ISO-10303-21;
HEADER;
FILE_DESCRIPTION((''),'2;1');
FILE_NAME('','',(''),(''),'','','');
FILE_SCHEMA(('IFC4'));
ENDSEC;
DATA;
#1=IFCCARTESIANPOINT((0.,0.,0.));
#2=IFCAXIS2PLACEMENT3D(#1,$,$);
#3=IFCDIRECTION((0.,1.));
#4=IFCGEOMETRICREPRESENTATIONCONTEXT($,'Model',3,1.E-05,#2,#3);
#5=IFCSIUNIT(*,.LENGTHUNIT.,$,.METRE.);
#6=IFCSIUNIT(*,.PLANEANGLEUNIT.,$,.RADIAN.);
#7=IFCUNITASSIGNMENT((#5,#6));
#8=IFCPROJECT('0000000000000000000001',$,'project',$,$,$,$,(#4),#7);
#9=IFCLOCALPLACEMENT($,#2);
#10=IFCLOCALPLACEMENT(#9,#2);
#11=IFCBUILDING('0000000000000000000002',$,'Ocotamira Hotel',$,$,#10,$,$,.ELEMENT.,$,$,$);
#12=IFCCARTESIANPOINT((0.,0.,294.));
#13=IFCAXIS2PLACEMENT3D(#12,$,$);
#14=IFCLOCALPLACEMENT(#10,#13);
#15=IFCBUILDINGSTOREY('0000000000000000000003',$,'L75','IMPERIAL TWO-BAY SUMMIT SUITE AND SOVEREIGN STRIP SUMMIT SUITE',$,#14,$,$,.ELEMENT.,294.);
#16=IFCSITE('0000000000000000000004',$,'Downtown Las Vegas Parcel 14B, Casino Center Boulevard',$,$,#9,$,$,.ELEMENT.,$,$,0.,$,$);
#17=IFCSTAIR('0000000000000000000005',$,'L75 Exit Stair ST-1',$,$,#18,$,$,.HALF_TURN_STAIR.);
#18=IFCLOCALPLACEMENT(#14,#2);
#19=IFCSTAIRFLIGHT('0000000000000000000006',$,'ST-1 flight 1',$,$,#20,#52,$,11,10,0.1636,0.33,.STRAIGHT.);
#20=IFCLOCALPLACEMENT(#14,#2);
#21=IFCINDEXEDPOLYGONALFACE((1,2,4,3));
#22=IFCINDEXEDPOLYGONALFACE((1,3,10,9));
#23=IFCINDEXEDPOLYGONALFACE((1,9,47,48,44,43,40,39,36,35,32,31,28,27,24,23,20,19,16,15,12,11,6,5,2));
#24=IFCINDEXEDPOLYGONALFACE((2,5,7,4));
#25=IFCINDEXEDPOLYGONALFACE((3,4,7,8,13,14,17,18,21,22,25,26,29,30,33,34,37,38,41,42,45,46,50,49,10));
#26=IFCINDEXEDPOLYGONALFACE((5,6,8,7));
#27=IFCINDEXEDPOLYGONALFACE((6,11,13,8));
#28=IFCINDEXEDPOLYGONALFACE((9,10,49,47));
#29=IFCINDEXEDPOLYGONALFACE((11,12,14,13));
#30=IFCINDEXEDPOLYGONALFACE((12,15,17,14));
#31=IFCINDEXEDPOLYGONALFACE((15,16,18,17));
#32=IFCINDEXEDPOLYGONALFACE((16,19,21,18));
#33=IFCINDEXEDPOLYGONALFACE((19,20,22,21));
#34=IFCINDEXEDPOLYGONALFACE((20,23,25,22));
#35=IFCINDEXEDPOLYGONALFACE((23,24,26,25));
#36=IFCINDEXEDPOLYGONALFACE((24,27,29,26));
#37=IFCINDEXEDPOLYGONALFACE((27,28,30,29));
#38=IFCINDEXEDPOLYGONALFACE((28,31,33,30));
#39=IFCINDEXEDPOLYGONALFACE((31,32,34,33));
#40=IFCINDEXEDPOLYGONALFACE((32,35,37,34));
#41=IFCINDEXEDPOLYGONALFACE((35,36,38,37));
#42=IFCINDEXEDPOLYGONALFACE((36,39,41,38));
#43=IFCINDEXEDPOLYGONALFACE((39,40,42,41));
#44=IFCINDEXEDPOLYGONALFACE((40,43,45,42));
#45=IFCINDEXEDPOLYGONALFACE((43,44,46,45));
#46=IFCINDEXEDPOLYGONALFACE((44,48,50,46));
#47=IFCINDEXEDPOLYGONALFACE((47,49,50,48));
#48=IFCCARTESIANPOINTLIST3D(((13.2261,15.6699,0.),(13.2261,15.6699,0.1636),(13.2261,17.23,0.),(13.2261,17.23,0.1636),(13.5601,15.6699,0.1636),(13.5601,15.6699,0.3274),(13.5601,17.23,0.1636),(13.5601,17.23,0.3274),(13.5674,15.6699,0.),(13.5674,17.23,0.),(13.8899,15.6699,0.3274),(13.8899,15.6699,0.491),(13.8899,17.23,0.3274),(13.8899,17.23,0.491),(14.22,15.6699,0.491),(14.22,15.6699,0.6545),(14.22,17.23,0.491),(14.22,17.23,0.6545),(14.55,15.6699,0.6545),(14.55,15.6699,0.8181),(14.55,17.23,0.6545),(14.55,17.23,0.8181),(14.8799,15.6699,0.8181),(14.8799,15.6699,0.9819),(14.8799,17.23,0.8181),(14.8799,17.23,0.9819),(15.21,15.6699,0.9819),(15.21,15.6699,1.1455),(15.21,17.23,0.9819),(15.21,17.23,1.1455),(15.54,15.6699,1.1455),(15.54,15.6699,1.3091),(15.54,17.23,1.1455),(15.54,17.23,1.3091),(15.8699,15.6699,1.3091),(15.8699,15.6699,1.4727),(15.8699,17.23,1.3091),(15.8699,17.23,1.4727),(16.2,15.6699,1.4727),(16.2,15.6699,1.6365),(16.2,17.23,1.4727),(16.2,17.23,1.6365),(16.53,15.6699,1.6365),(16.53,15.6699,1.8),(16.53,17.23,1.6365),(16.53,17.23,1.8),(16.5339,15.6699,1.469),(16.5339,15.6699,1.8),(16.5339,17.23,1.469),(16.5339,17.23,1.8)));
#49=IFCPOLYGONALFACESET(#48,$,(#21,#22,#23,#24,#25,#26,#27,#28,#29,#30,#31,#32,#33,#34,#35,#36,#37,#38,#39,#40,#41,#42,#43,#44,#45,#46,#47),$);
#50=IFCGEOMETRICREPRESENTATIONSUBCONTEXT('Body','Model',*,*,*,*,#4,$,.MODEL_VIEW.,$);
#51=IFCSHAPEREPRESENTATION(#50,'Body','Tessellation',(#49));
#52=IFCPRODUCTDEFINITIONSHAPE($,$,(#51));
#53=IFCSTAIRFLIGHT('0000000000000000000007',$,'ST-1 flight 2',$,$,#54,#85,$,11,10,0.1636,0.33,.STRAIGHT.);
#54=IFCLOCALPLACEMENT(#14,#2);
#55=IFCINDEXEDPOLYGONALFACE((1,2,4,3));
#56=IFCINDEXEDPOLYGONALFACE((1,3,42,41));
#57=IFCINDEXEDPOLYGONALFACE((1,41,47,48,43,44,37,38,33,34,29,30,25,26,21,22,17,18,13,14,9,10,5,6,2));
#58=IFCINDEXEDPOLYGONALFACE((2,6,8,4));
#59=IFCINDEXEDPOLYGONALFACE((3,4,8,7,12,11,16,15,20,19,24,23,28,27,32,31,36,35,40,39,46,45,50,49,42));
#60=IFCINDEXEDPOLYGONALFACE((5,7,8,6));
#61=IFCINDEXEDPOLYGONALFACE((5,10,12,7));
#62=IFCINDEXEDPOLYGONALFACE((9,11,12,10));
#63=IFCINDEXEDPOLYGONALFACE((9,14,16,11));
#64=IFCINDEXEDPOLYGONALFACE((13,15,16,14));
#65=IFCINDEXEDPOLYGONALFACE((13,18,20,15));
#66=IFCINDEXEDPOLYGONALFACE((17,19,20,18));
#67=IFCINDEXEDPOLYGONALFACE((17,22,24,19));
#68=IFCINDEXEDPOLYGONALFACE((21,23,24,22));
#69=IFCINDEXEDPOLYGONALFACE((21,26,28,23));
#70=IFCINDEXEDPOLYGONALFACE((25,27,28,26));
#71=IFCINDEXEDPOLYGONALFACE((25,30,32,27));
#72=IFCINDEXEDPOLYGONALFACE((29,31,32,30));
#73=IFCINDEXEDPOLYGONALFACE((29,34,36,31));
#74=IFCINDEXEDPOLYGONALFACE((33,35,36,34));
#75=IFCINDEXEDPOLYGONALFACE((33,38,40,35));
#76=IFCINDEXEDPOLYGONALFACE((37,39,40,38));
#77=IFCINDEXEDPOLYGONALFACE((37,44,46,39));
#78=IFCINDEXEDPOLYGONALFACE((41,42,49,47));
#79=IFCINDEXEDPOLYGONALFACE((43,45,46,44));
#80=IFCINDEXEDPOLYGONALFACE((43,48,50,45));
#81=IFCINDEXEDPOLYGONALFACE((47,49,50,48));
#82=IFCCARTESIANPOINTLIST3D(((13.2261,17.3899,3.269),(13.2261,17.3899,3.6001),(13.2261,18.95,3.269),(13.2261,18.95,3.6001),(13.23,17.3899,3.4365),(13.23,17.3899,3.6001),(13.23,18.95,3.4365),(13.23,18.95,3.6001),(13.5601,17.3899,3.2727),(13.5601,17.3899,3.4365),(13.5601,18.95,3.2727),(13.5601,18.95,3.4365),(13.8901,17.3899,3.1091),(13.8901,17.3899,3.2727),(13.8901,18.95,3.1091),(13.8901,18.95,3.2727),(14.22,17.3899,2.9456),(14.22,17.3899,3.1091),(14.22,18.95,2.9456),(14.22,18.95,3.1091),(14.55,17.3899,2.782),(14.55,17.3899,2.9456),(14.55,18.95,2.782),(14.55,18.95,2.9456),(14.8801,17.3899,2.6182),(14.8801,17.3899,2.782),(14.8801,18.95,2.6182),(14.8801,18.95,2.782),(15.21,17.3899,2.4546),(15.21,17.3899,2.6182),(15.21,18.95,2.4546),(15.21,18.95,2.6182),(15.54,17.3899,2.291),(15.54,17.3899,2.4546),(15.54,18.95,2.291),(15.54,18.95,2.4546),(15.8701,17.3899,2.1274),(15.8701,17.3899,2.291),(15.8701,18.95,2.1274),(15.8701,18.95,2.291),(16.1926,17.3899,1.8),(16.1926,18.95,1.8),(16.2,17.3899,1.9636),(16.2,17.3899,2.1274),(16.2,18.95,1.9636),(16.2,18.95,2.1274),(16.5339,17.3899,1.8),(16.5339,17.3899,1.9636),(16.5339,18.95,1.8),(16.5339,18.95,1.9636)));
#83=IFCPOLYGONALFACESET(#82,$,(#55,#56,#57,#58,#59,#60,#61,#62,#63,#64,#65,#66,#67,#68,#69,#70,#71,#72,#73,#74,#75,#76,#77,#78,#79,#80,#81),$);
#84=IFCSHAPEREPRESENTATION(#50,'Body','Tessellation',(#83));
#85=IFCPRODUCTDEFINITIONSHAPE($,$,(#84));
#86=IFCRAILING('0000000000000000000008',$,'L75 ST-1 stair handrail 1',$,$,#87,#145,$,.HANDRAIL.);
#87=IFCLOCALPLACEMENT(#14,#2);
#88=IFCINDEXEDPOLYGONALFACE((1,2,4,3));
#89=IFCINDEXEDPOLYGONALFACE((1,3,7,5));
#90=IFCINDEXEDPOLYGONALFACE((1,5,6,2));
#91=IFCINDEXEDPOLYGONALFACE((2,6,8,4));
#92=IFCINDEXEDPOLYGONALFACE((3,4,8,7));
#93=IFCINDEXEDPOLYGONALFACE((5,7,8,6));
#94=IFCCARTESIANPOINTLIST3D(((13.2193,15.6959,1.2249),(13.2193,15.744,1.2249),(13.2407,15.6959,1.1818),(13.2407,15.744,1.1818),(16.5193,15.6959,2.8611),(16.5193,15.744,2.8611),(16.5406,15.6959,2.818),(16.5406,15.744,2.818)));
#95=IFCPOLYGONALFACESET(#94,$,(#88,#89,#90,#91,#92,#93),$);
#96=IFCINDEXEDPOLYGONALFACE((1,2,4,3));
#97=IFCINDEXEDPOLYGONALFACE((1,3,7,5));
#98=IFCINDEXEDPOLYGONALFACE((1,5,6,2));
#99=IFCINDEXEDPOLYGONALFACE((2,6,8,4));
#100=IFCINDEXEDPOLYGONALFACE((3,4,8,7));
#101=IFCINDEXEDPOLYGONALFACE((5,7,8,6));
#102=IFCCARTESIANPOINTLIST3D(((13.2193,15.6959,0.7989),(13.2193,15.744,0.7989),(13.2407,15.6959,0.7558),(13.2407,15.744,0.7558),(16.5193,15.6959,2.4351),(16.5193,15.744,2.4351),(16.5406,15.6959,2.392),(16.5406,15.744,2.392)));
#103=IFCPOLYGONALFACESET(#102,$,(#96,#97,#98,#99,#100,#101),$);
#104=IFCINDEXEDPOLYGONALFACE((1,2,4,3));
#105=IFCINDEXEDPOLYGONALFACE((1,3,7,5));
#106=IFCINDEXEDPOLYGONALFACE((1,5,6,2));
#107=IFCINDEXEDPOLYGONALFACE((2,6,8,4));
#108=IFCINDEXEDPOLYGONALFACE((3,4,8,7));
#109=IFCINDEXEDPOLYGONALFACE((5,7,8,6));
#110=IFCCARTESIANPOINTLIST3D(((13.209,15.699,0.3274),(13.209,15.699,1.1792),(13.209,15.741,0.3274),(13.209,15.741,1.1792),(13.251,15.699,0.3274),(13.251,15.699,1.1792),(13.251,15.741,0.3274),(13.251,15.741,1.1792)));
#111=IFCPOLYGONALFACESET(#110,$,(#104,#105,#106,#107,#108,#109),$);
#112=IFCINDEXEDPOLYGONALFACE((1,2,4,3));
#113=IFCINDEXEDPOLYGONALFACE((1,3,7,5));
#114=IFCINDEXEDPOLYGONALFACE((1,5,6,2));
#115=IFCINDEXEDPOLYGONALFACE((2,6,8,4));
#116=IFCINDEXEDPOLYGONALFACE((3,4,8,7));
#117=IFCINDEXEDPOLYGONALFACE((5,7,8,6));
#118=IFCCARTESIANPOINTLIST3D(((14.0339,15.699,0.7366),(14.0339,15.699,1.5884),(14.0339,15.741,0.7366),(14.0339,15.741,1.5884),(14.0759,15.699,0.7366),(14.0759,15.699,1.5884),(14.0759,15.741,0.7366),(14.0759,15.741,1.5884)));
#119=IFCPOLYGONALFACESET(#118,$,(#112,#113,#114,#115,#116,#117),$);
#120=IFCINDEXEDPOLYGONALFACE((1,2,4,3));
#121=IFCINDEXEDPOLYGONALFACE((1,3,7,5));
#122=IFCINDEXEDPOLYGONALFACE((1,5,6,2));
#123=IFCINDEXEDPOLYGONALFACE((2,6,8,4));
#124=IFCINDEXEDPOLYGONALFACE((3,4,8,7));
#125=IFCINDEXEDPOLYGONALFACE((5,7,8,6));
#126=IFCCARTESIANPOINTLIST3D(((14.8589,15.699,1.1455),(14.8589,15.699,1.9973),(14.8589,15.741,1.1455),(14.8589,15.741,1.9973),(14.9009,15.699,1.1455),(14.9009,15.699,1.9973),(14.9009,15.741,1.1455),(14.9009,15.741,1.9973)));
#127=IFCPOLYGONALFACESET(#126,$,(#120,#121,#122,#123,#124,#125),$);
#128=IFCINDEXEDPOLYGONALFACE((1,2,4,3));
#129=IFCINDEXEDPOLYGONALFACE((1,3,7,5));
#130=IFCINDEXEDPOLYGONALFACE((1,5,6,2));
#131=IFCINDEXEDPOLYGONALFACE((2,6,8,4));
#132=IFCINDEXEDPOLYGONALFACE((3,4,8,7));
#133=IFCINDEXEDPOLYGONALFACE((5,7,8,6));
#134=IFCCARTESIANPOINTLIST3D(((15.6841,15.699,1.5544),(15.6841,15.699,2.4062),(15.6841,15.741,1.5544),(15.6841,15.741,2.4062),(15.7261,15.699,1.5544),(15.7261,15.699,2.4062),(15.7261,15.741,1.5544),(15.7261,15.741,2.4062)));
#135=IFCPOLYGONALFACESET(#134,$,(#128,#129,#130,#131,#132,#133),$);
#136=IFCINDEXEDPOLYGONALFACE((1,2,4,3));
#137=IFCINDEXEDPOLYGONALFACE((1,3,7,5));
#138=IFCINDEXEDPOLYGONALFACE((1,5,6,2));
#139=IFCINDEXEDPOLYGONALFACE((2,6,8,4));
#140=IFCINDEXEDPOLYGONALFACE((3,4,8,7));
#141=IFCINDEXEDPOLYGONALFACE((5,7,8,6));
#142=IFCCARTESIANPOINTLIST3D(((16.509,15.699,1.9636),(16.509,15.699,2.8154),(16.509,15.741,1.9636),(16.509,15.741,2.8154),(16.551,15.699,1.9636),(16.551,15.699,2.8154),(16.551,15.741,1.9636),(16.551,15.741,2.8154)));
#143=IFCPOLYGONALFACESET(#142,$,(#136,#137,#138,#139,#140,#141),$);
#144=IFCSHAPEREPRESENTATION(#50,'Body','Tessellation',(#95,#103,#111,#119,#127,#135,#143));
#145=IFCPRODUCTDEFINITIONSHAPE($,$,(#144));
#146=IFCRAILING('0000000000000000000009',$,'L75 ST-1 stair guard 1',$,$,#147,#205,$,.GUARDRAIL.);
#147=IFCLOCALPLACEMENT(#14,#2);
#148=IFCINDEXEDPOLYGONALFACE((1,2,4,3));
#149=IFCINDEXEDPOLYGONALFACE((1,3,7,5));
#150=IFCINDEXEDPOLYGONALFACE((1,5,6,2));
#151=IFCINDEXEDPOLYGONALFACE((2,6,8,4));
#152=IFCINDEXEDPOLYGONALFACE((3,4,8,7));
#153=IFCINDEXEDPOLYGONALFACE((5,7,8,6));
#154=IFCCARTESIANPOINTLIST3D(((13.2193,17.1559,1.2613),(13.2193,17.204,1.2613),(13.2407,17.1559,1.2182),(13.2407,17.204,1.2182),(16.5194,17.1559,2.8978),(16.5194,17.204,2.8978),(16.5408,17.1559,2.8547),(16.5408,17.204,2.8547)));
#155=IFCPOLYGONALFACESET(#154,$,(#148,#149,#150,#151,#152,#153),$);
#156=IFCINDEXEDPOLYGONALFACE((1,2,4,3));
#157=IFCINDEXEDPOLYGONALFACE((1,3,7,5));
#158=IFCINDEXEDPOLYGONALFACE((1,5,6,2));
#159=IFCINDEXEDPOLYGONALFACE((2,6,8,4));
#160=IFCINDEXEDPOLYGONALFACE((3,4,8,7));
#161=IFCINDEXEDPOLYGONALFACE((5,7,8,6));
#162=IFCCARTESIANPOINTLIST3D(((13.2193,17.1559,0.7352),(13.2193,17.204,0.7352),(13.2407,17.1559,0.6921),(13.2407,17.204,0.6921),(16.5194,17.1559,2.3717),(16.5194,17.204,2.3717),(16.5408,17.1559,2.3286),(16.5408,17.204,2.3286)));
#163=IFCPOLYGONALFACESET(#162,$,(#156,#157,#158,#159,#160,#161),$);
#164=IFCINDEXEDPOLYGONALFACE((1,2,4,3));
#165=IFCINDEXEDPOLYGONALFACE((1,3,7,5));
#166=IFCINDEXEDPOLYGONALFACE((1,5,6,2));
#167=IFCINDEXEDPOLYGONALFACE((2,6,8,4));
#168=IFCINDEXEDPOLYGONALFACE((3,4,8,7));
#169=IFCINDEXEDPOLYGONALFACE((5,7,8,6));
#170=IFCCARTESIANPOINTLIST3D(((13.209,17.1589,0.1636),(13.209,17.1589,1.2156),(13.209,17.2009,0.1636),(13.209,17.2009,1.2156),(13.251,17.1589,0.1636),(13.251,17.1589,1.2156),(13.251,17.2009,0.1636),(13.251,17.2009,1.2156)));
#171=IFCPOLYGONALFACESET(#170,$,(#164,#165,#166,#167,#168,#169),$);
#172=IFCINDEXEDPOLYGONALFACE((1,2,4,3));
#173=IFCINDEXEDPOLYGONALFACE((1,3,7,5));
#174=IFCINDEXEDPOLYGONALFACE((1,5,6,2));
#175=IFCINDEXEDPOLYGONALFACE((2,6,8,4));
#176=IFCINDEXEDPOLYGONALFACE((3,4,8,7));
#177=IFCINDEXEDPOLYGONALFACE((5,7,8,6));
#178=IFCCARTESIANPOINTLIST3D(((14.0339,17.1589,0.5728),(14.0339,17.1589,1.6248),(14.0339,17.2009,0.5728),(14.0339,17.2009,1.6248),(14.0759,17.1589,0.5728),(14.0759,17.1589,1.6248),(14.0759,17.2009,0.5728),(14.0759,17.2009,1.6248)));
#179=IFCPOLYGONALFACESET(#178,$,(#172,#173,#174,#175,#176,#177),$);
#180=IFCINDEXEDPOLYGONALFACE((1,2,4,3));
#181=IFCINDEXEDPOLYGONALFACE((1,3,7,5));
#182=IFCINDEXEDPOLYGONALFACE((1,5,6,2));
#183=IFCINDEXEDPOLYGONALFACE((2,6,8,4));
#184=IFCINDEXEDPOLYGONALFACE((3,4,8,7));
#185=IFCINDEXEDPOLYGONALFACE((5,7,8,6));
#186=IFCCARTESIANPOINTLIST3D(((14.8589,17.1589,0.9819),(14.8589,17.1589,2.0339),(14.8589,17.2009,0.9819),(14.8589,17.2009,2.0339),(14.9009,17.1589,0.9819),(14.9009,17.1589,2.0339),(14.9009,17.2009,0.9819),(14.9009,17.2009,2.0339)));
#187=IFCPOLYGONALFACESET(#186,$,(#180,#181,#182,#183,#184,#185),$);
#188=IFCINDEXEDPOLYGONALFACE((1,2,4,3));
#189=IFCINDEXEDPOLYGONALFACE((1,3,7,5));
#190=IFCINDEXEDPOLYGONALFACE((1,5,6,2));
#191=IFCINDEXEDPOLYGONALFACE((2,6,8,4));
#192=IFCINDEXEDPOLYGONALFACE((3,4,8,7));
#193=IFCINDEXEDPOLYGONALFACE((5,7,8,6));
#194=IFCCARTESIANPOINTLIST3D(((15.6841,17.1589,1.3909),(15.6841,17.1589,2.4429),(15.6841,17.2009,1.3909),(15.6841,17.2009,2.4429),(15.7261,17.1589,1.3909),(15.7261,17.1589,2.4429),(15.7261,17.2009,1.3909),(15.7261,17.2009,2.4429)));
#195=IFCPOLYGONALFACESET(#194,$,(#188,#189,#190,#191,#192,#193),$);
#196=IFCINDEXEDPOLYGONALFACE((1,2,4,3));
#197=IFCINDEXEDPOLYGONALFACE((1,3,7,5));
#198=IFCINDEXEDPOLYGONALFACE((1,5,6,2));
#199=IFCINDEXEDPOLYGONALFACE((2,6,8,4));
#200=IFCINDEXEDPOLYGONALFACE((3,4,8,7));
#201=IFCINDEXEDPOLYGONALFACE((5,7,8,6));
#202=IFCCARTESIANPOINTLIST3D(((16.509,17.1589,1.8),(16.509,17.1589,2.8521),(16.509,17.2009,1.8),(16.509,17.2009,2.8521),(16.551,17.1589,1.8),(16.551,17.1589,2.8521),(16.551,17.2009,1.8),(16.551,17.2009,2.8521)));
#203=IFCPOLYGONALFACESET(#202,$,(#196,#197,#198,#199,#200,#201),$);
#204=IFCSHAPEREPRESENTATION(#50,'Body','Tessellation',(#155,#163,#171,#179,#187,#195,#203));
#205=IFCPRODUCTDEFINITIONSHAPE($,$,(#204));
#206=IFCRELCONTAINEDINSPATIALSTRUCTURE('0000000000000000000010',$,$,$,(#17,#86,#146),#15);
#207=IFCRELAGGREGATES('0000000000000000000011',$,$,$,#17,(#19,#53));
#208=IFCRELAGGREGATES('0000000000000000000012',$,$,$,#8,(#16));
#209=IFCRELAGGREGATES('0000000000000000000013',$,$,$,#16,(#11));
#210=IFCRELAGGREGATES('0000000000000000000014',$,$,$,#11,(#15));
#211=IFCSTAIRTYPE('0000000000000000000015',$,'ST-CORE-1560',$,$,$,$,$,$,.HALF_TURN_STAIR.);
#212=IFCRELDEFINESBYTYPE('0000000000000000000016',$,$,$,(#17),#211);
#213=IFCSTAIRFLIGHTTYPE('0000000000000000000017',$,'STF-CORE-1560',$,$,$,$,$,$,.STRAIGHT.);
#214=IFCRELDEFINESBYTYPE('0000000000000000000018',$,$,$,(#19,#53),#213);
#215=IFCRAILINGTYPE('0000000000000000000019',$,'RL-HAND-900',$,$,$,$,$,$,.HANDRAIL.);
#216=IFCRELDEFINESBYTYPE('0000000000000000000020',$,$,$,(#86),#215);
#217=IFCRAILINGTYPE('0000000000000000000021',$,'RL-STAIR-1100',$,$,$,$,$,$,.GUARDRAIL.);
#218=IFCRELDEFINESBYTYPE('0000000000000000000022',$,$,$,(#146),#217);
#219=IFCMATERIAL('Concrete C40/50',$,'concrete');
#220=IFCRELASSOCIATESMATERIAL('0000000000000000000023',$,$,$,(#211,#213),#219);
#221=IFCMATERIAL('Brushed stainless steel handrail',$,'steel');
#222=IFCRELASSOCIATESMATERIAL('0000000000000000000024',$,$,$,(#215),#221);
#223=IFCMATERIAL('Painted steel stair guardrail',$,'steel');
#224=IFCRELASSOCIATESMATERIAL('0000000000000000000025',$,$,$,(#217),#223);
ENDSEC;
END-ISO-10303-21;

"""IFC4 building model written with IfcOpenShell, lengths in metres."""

from ifc_helpers import new_model, si_unit, direction, frame, origin, origin_2d, place, context, subcontext, project, spatial, polyline, rectangle, outline, extrude, source, transform, mapped, material, type_object, element, aggregate, save


model = new_model("IFC4")

# Units and contexts
model_context = context("Model", 3, precision=1e-05, world=origin(), true_north=direction((0.0, 1.0)))
body_context = subcontext(model_context, "Body", "Model", "MODEL_VIEW")
ifc_project = project(units=[si_unit("LENGTHUNIT", "METRE"), si_unit("PLANEANGLEUNIT", "RADIAN")], contexts=[model_context])

# Site, building, storey
site_placement = place(None, origin())
site = spatial("IfcSite", under=ifc_project, at=site_placement, Name="Downtown Las Vegas Parcel 14B, Casino Center Boulevard", CompositionType="ELEMENT", RefElevation=0.0)
building_placement = place(site_placement, origin())
building = spatial("IfcBuilding", under=site, at=building_placement, Name="Ocotamira Hotel", CompositionType="ELEMENT")
storey_placement = place(building_placement, frame((0.0, 0.0, 294.0)))
storey = spatial("IfcBuildingStorey", under=building, at=storey_placement, Name="L75", Description="IMPERIAL TWO-BAY SUMMIT SUITE AND SOVEREIGN STRIP SUMMIT SUITE", CompositionType="ELEMENT", Elevation=294.0)

# Stair, stair flights
ifc_material_1 = material(Name="Concrete C40/50", Category="concrete")
stair_type = type_object("IfcStairType", Name="ST-CORE-1560", PredefinedType="HALF_TURN_STAIR", material=ifc_material_1)
stair_placement = place(storey_placement, origin())
stair = element("IfcStair", 1, at=stair_placement, inside=storey, type_object=stair_type, Name="L75 Exit Stair ST-1", PredefinedType="HALF_TURN_STAIR")
stair_flight_type = type_object("IfcStairFlightType", Name="STF-CORE-1560", PredefinedType="STRAIGHT", material=ifc_material_1)
shared_shape_1 = source(origin(), body_context, "Body", "SweptSolid", [
    extrude(outline(polyline([(-0.0039, 0.0), (-0.0039, 0.1636), (0.3301, 0.1636), (0.3301, 0.3274), (0.6599, 0.3274), (0.6599, 0.491), (0.99, 0.491), (0.99, 0.6545), (1.3201, 0.6545), (1.3201, 0.8181), (1.6499, 0.8181), (1.6499, 0.9819), (1.98, 0.9819), (1.98, 1.1455), (2.3101, 1.1455), (2.3101, 1.3091), (2.6399, 1.3091), (2.6399, 1.4727), (2.97, 1.4727), (2.97, 1.6365), (3.3, 1.6365), (3.3, 1.8), (3.304, 1.8), (3.304, 1.469), (0.3374, 0.0), (-0.0039, 0.0)])), frame((0.0, 0.78, 0.0), z_axis=(0.0, -1.0, 0.0), x_axis=(1.0, 0.0, 0.0)), (0.0, 0.0, 1.0), 1.5601),
])
stair_flight_1_placement = place(storey_placement, frame((13.23, 16.45, 0.0), z_axis=(0.0, 0.0, 1.0), x_axis=(1.0, 0.0, 0.0)))
stair_flight_1 = element("IfcStairFlight", 2, at=stair_flight_1_placement, type_object=stair_flight_type, Name="ST-1 flight 1", NumberOfRisers=11, NumberOfTreads=10, PredefinedType="STRAIGHT", RiserHeight=0.1636, TreadLength=0.33, context=body_context, shape_type="MappedRepresentation", body=[
    mapped(shared_shape_1, transform((0.0, 0.0, 0.0), scale=1.0)),
])
stair_flight_2_placement = place(storey_placement, frame((16.53, 18.1699, 1.8), z_axis=(0.0, 0.0, 1.0), x_axis=(-1.0, 0.0, 0.0)))
stair_flight_2 = element("IfcStairFlight", 3, at=stair_flight_2_placement, type_object=stair_flight_type, Name="ST-1 flight 2", NumberOfRisers=11, NumberOfTreads=10, PredefinedType="STRAIGHT", RiserHeight=0.1636, TreadLength=0.33, context=body_context, shape_type="MappedRepresentation", body=[
    mapped(shared_shape_1, transform((0.0, 0.0, 0.0), scale=1.0)),
])
aggregate(stair, [stair_flight_1, stair_flight_2])

# Railings
ifc_material_2 = material(Name="Brushed stainless steel handrail", Category="steel")
railing_type_1 = type_object("IfcRailingType", Name="RL-HAND-900", PredefinedType="HANDRAIL", material=ifc_material_2)
railing_1_placement = place(storey_placement, frame((13.23, 15.72, 0.3274)))
element("IfcRailing", 4, at=railing_1_placement, inside=storey, type_object=railing_type_1, Name="L75 ST-1 stair handrail 1", PredefinedType="HANDRAIL", context=body_context, shape_type="SweptSolid", body=[
    extrude(rectangle(XDim=0.0481, YDim=0.0481, at=origin_2d()), frame((0.0, 0.0, 0.876), z_axis=(0.89592, 0.0, 0.444215), x_axis=(0.0, 1.0, 0.0)), (0.0, 0.0, 1.0), 3.6833),
    extrude(rectangle(XDim=0.0481, YDim=0.0481, at=origin_2d()), frame((0.0, 0.0, 0.45), z_axis=(0.89592, 0.0, 0.444215), x_axis=(0.0, 1.0, 0.0)), (0.0, 0.0, 1.0), 3.6833),
    extrude(rectangle(XDim=0.042, YDim=0.042, at=origin_2d()), origin(), (0.0, 0.0, 1.0), 0.8518),
    extrude(rectangle(XDim=0.042, YDim=0.042, at=origin_2d()), frame((0.825, 0.0, 0.4092)), (0.0, 0.0, 1.0), 0.8518),
    extrude(rectangle(XDim=0.042, YDim=0.042, at=origin_2d()), frame((1.6499, 0.0, 0.8181)), (0.0, 0.0, 1.0), 0.8518),
    extrude(rectangle(XDim=0.042, YDim=0.042, at=origin_2d()), frame((2.4751, 0.0, 1.2271)), (0.0, 0.0, 1.0), 0.8518),
    extrude(rectangle(XDim=0.042, YDim=0.042, at=origin_2d()), frame((3.3, 0.0, 1.6362)), (0.0, 0.0, 1.0), 0.8518),
])
ifc_material_3 = material(Name="Painted steel stair guardrail", Category="steel")
railing_type_2 = type_object("IfcRailingType", Name="RL-STAIR-1100", PredefinedType="GUARDRAIL", material=ifc_material_3)
railing_2_placement = place(storey_placement, frame((13.23, 17.1799, 0.1636)))
element("IfcRailing", 5, at=railing_2_placement, inside=storey, type_object=railing_type_2, Name="L75 ST-1 stair guard 1", PredefinedType="GUARDRAIL", context=body_context, shape_type="SweptSolid", body=[
    extrude(rectangle(XDim=0.0481, YDim=0.0481, at=origin_2d()), frame((0.0, 0.0, 1.0762), z_axis=(0.895894, 0.0, 0.444268), x_axis=(0.0, 1.0, 0.0)), (0.0, 0.0, 1.0), 3.6836),
    extrude(rectangle(XDim=0.0481, YDim=0.0481, at=origin_2d()), frame((0.0, 0.0, 0.55), z_axis=(0.895894, 0.0, 0.444268), x_axis=(0.0, 1.0, 0.0)), (0.0, 0.0, 1.0), 3.6836),
    extrude(rectangle(XDim=0.042, YDim=0.042, at=origin_2d()), origin(), (0.0, 0.0, 1.0), 1.052),
    extrude(rectangle(XDim=0.042, YDim=0.042, at=origin_2d()), frame((0.825, 0.0, 0.4092)), (0.0, 0.0, 1.0), 1.052),
    extrude(rectangle(XDim=0.042, YDim=0.042, at=origin_2d()), frame((1.6499, 0.0, 0.8184)), (0.0, 0.0, 1.0), 1.052),
    extrude(rectangle(XDim=0.042, YDim=0.042, at=origin_2d()), frame((2.4751, 0.0, 1.2273)), (0.0, 0.0, 1.0), 1.052),
    extrude(rectangle(XDim=0.042, YDim=0.042, at=origin_2d()), frame((3.3, 0.0, 1.6365)), (0.0, 0.0, 1.0), 1.052),
])

save(model, "model.ifc")
